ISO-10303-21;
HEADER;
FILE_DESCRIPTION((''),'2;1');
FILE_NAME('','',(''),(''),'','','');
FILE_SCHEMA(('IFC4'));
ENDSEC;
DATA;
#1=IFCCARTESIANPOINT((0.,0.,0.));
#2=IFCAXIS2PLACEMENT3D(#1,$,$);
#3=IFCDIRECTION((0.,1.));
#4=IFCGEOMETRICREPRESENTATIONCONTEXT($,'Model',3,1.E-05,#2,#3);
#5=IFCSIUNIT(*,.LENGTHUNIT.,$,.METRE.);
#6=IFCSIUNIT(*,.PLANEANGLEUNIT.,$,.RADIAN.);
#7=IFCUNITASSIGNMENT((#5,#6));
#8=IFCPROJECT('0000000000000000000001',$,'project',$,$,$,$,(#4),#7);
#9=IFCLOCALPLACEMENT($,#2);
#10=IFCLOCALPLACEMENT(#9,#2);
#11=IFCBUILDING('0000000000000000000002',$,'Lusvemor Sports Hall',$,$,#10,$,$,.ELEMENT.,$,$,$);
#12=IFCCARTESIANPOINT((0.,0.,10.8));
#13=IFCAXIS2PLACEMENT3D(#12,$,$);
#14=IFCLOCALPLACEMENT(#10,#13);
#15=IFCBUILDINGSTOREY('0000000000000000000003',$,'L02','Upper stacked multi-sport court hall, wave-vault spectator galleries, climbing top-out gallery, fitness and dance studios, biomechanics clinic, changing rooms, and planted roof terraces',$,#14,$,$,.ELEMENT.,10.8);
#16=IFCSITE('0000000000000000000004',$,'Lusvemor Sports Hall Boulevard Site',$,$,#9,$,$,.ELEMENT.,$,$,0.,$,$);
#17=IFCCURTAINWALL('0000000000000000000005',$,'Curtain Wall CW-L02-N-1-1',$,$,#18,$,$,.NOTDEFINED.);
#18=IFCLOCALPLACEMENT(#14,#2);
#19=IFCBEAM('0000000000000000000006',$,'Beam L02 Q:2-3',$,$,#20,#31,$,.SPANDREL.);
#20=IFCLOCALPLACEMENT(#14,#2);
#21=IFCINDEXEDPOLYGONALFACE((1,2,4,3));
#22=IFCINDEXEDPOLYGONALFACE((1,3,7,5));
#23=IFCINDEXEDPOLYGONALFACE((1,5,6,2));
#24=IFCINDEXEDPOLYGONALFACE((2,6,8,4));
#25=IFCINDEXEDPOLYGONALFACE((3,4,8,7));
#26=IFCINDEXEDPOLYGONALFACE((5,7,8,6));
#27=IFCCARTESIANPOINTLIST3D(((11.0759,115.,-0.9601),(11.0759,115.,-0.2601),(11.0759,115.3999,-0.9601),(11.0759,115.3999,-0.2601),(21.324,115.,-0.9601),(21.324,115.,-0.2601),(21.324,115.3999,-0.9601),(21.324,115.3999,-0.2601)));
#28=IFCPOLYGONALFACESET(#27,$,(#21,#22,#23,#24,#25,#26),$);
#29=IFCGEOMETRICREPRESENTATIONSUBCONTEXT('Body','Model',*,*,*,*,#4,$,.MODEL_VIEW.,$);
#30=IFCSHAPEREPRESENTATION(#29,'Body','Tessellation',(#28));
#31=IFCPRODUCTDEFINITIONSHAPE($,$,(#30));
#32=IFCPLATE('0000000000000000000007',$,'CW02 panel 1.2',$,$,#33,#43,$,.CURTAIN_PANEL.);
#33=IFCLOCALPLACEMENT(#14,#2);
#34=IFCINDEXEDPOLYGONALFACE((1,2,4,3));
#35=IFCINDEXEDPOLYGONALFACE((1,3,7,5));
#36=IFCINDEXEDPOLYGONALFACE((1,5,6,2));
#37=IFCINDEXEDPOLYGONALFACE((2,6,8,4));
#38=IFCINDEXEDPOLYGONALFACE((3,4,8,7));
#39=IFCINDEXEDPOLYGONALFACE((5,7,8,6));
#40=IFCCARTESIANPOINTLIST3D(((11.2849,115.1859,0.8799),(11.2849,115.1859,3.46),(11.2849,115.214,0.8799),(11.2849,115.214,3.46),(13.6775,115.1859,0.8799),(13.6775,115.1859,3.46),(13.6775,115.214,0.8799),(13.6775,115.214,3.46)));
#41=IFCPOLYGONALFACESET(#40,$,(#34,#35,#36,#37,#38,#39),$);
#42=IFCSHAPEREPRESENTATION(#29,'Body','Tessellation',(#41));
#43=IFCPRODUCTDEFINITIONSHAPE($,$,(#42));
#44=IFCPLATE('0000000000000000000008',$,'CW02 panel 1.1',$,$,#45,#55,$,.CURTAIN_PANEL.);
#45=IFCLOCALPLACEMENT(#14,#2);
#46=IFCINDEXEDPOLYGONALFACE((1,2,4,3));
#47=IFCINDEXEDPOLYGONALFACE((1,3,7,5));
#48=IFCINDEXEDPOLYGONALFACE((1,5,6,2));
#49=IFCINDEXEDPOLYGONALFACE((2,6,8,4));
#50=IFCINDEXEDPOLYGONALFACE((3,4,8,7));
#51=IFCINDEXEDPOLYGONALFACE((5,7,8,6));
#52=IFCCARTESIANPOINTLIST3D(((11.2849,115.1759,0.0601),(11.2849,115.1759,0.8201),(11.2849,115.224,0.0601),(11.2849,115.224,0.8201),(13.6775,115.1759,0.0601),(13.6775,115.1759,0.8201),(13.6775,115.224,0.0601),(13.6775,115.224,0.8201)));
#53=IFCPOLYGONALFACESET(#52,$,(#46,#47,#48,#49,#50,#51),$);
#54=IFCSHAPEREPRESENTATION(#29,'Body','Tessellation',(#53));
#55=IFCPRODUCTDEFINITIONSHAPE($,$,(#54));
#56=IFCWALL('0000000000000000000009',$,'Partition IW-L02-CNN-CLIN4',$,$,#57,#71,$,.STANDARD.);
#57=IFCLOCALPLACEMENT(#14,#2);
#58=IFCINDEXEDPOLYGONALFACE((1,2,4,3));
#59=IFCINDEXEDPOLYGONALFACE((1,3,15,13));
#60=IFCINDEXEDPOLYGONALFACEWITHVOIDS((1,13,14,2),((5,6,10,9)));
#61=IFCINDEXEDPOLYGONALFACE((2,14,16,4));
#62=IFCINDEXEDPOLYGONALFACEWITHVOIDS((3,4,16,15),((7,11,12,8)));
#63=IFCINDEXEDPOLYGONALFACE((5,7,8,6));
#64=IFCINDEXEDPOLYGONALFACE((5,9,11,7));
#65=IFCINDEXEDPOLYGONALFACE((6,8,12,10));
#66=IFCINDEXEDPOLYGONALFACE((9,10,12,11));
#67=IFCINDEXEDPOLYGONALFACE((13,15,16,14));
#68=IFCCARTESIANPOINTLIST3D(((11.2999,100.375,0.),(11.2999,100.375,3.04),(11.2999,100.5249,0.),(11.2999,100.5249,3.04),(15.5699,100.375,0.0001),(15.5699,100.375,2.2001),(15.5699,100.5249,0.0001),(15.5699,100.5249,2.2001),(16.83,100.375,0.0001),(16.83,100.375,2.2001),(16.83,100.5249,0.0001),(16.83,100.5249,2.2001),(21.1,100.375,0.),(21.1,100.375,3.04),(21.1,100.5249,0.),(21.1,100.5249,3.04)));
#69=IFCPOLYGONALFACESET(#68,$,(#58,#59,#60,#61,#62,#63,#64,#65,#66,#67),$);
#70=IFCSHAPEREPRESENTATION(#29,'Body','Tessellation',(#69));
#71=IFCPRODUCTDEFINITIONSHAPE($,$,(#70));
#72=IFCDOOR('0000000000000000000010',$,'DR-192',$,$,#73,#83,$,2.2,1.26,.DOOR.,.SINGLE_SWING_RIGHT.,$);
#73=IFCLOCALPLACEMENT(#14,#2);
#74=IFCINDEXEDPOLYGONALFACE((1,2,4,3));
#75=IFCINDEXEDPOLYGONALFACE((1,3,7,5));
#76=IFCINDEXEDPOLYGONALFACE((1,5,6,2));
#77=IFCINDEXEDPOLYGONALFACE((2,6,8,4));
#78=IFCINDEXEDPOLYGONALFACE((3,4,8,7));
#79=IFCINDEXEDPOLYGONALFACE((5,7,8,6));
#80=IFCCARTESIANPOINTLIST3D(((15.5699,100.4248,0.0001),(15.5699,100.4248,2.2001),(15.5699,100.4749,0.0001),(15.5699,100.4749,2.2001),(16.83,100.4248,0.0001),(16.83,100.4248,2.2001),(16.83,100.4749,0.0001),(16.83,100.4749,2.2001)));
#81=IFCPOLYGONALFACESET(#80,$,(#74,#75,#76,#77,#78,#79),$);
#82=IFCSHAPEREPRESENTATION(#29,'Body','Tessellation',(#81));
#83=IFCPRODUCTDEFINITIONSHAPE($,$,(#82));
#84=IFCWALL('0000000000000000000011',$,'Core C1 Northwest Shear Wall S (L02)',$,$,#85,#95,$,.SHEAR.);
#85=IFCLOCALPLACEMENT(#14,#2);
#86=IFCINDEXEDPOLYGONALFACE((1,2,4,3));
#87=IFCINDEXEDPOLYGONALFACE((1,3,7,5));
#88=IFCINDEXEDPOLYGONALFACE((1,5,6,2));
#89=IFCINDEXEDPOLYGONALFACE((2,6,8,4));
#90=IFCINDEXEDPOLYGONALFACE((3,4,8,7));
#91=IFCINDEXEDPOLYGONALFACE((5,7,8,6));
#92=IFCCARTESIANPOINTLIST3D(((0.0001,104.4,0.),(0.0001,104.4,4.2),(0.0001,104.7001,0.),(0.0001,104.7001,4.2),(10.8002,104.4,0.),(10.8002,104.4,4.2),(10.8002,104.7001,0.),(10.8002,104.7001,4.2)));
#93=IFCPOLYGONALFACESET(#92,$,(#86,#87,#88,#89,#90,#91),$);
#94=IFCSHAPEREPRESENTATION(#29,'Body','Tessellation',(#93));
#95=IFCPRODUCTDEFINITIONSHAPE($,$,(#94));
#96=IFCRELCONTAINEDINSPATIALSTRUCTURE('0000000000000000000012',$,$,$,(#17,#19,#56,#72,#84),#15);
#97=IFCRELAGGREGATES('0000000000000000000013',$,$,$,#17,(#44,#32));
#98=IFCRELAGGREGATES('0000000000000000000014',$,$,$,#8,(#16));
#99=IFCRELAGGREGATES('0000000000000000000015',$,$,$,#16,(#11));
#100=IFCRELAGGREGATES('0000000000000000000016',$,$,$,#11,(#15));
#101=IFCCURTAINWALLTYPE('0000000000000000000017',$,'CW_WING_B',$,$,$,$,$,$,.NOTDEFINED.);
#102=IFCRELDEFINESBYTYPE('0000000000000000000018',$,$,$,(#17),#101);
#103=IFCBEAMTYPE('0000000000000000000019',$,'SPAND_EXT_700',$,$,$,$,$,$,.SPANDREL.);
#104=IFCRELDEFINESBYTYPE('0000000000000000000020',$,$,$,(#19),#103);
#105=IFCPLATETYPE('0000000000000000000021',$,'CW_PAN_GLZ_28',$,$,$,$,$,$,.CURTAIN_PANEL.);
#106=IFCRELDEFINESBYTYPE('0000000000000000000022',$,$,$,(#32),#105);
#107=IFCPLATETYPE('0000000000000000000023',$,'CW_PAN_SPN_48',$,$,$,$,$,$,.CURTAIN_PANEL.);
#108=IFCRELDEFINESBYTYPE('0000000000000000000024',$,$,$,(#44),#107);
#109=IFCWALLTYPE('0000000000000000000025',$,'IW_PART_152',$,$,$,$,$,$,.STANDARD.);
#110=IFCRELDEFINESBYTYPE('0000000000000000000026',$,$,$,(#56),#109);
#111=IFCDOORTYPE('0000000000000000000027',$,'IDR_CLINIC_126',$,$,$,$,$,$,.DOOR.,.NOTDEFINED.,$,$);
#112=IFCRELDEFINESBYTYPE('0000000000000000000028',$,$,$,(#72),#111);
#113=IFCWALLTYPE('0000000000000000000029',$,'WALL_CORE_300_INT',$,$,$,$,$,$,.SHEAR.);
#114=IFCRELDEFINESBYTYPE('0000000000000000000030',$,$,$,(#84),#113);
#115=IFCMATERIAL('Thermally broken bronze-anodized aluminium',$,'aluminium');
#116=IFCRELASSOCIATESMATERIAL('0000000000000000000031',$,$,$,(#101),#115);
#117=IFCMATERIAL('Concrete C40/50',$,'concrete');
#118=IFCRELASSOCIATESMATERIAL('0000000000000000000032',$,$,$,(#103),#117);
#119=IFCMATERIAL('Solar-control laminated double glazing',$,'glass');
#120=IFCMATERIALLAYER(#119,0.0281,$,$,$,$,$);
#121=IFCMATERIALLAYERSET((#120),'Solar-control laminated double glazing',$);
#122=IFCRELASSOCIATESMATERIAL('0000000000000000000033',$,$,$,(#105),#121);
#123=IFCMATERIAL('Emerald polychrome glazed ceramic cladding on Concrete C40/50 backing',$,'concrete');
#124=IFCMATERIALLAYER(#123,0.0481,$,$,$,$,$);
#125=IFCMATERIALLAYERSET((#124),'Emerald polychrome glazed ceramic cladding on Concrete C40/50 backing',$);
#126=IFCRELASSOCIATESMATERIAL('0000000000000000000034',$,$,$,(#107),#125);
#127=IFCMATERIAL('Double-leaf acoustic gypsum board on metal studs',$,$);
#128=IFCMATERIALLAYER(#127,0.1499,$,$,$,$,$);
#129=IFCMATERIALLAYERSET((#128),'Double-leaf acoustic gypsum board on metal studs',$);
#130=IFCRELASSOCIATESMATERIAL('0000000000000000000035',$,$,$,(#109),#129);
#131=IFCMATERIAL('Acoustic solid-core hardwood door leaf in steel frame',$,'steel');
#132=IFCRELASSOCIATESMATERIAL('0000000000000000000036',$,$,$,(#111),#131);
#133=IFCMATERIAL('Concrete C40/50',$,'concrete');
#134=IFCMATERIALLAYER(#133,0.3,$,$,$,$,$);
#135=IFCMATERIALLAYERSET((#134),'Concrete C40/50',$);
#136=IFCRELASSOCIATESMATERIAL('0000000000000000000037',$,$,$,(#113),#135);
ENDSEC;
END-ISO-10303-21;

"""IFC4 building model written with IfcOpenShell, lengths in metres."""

from ifc_helpers import new_model, si_unit, direction, frame, frame_2d, origin, origin_2d, place, context, subcontext, project, spatial, rectangle, extrude, material, layer, layer_set, material_profile, profile_set, type_object, element, fill, aggregate, save


model = new_model("IFC4")

# Units and contexts
model_context = context("Model", 3, precision=1e-05, world=origin(), true_north=direction((0.0, 1.0)))
body_context = subcontext(model_context, "Body", "Model", "MODEL_VIEW")
ifc_project = project(units=[si_unit("LENGTHUNIT", "METRE"), si_unit("PLANEANGLEUNIT", "RADIAN")], contexts=[model_context])

# Site, building, storey
site_placement = place(None, origin())
site = spatial("IfcSite", under=ifc_project, at=site_placement, Name="Lusvemor Sports Hall Boulevard Site", CompositionType="ELEMENT", RefElevation=0.0)
building_placement = place(site_placement, origin())
building = spatial("IfcBuilding", under=site, at=building_placement, Name="Lusvemor Sports Hall", CompositionType="ELEMENT")
storey_placement = place(building_placement, frame((0.0, 0.0, 10.8)))
storey = spatial("IfcBuildingStorey", under=building, at=storey_placement, Name="L02", Description="Upper stacked multi-sport court hall, wave-vault spectator galleries, climbing top-out gallery, fitness and dance studios, biomechanics clinic, changing rooms, and planted roof terraces", CompositionType="ELEMENT", Elevation=10.8)

# Curtain wall
ifc_material_1 = material(Name="Thermally broken bronze-anodized aluminium", Category="aluminium")
curtain_wall_type = type_object("IfcCurtainWallType", Name="CW_WING_B", PredefinedType="NOTDEFINED", material=ifc_material_1)
curtain_wall_placement = place(storey_placement, origin())
curtain_wall = element("IfcCurtainWall", 1, at=curtain_wall_placement, inside=storey, type_object=curtain_wall_type, Name="Curtain Wall CW-L02-N-1-1", PredefinedType="NOTDEFINED")

# Beam
ifc_material_2 = material(Name="Concrete C40/50", Category="concrete")
ifc_material_profile_1 = material_profile(ifc_material_2, rectangle(XDim=0.3999, YDim=0.7, at=origin_2d()), Name="RC400x700")
ifc_profile_set_1 = profile_set([ifc_material_profile_1], Name="Concrete C40/50")
beam_type_1 = type_object("IfcBeamType", Name="SPAND_EXT_700", PredefinedType="SPANDREL", material=ifc_profile_set_1)
beam_1_placement = place(storey_placement, frame((11.0759, 115.2, -0.6101), z_axis=(1.0, 0.0, 0.0), x_axis=(0.0, 1.0, 0.0)))
element("IfcBeam", 2, at=beam_1_placement, inside=storey, type_object=beam_type_1, Name="Beam L02 Q:2-3", PredefinedType="SPANDREL", context=body_context, shape_type="SweptSolid", body=[
    extrude(rectangle(XDim=0.3999, YDim=0.7, at=origin_2d()), origin(), (0.0, 0.0, 1.0), 10.248),
])

# Plates
ifc_material_3 = material(Name="Solar-control laminated double glazing", Category="glass")
ifc_layer_1 = layer(ifc_material_3, 0.0281)
ifc_layer_set_1 = layer_set([ifc_layer_1], Name="Solar-control laminated double glazing")
plate_type_1 = type_object("IfcPlateType", Name="CW_PAN_GLZ_28", PredefinedType="CURTAIN_PANEL", material=ifc_layer_set_1)
plate_1_placement = place(storey_placement, frame((12.4812, 115.2, 0.8799), z_axis=(0.0, 0.0, 1.0), x_axis=(1.0, 0.0, 0.0)))
plate_1 = element("IfcPlate", 3, at=plate_1_placement, type_object=plate_type_1, Name="CW02 panel 1.2", PredefinedType="CURTAIN_PANEL", context=body_context, shape_type="SweptSolid", body=[
    extrude(rectangle(XDim=2.3926, YDim=0.0281, at=origin_2d()), origin(), (0.0, 0.0, 1.0), 2.5801),
])
ifc_material_4 = material(Name="Emerald polychrome glazed ceramic cladding on Concrete C40/50 backing", Category="concrete")
ifc_layer_2 = layer(ifc_material_4, 0.0481)
ifc_layer_set_2 = layer_set([ifc_layer_2], Name="Emerald polychrome glazed ceramic cladding on Concrete C40/50 backing")
plate_type_2 = type_object("IfcPlateType", Name="CW_PAN_SPN_48", PredefinedType="CURTAIN_PANEL", material=ifc_layer_set_2)
plate_2_placement = place(storey_placement, frame((12.4812, 115.2, 0.0601), z_axis=(0.0, 0.0, 1.0), x_axis=(1.0, 0.0, 0.0)))
plate_2 = element("IfcPlate", 4, at=plate_2_placement, type_object=plate_type_2, Name="CW02 panel 1.1", PredefinedType="CURTAIN_PANEL", context=body_context, shape_type="SweptSolid", body=[
    extrude(rectangle(XDim=2.3926, YDim=0.0481, at=origin_2d()), origin(), (0.0, 0.0, 1.0), 0.76),
])
aggregate(curtain_wall, [plate_2, plate_1])

# Wall, opening, door
ifc_material_5 = material(Name="Double-leaf acoustic gypsum board on metal studs")
ifc_layer_3 = layer(ifc_material_5, 0.1499)
ifc_layer_set_3 = layer_set([ifc_layer_3], Name="Double-leaf acoustic gypsum board on metal studs")
wall_type_1 = type_object("IfcWallType", Name="IW_PART_152", PredefinedType="STANDARD", material=ifc_layer_set_3)
wall_1_placement = place(storey_placement, frame((11.3, 100.45, 0.0), z_axis=(0.0, 0.0, 1.0), x_axis=(1.0, 0.0, 0.0)))
wall_1 = element("IfcWall", 5, at=wall_1_placement, inside=storey, type_object=wall_type_1, Name="Partition IW-L02-CNN-CLIN4", PredefinedType="STANDARD", context=body_context, shape_type="SweptSolid", body=[
    extrude(rectangle(XDim=9.8, YDim=0.1499, at=frame_2d((4.8999, 0.0))), origin(), (0.0, 0.0, 1.0), 3.04),
])
opening_placement = place(wall_1_placement, frame((4.27, 0.0, 0.0)))
opening = element("IfcOpeningElement", 6, at=opening_placement, cuts=wall_1, PredefinedType="OPENING", context=body_context, shape_type="SweptSolid", body=[
    extrude(rectangle(XDim=1.26, YDim=2.2, at=frame_2d((0.6299, 1.1001))), frame((0.0, 0.075, 0.0), z_axis=(0.0, -1.0, 0.0), x_axis=(1.0, 0.0, 0.0)), (0.0, 0.0, 1.0), 0.1499),
])
ifc_material_6 = material(Name="Acoustic solid-core hardwood door leaf in steel frame", Category="steel")
door_type = type_object("IfcDoorType", Name="IDR_CLINIC_126", OperationType="NOTDEFINED", PredefinedType="DOOR", material=ifc_material_6)
door_placement = place(opening_placement, origin())
door = element("IfcDoor", 7, at=door_placement, inside=storey, type_object=door_type, Name="DR-192", OperationType="SINGLE_SWING_RIGHT", OverallHeight=2.2, OverallWidth=1.26, PredefinedType="DOOR", context=body_context, shape_type="SweptSolid", body=[
    extrude(rectangle(XDim=1.26, YDim=2.2, at=frame_2d((0.6299, 1.1001))), frame((0.0, 0.0249, 0.0), z_axis=(0.0, -1.0, 0.0), x_axis=(1.0, 0.0, 0.0)), (0.0, 0.0, 1.0), 0.05),
])
fill(opening, door)

# Wall
ifc_material_7 = material(Name="Concrete C40/50", Category="concrete")
ifc_layer_4 = layer(ifc_material_7, 0.3)
ifc_layer_set_4 = layer_set([ifc_layer_4], Name="Concrete C40/50")
wall_type_2 = type_object("IfcWallType", Name="WALL_CORE_300_INT", PredefinedType="SHEAR", material=ifc_layer_set_4)
wall_2_placement = place(storey_placement, frame((10.8, 104.55, 0.0), z_axis=(0.0, 0.0, 1.0), x_axis=(-1.0, 0.0, 0.0)))
element("IfcWall", 8, at=wall_2_placement, inside=storey, type_object=wall_type_2, Name="Core C1 Northwest Shear Wall S (L02)", PredefinedType="SHEAR", context=body_context, shape_type="SweptSolid", body=[
    extrude(rectangle(XDim=10.8, YDim=0.3, at=frame_2d((5.3999, 0.0))), origin(), (0.0, 0.0, 1.0), 4.2),
])

save(model, "model.ifc")
